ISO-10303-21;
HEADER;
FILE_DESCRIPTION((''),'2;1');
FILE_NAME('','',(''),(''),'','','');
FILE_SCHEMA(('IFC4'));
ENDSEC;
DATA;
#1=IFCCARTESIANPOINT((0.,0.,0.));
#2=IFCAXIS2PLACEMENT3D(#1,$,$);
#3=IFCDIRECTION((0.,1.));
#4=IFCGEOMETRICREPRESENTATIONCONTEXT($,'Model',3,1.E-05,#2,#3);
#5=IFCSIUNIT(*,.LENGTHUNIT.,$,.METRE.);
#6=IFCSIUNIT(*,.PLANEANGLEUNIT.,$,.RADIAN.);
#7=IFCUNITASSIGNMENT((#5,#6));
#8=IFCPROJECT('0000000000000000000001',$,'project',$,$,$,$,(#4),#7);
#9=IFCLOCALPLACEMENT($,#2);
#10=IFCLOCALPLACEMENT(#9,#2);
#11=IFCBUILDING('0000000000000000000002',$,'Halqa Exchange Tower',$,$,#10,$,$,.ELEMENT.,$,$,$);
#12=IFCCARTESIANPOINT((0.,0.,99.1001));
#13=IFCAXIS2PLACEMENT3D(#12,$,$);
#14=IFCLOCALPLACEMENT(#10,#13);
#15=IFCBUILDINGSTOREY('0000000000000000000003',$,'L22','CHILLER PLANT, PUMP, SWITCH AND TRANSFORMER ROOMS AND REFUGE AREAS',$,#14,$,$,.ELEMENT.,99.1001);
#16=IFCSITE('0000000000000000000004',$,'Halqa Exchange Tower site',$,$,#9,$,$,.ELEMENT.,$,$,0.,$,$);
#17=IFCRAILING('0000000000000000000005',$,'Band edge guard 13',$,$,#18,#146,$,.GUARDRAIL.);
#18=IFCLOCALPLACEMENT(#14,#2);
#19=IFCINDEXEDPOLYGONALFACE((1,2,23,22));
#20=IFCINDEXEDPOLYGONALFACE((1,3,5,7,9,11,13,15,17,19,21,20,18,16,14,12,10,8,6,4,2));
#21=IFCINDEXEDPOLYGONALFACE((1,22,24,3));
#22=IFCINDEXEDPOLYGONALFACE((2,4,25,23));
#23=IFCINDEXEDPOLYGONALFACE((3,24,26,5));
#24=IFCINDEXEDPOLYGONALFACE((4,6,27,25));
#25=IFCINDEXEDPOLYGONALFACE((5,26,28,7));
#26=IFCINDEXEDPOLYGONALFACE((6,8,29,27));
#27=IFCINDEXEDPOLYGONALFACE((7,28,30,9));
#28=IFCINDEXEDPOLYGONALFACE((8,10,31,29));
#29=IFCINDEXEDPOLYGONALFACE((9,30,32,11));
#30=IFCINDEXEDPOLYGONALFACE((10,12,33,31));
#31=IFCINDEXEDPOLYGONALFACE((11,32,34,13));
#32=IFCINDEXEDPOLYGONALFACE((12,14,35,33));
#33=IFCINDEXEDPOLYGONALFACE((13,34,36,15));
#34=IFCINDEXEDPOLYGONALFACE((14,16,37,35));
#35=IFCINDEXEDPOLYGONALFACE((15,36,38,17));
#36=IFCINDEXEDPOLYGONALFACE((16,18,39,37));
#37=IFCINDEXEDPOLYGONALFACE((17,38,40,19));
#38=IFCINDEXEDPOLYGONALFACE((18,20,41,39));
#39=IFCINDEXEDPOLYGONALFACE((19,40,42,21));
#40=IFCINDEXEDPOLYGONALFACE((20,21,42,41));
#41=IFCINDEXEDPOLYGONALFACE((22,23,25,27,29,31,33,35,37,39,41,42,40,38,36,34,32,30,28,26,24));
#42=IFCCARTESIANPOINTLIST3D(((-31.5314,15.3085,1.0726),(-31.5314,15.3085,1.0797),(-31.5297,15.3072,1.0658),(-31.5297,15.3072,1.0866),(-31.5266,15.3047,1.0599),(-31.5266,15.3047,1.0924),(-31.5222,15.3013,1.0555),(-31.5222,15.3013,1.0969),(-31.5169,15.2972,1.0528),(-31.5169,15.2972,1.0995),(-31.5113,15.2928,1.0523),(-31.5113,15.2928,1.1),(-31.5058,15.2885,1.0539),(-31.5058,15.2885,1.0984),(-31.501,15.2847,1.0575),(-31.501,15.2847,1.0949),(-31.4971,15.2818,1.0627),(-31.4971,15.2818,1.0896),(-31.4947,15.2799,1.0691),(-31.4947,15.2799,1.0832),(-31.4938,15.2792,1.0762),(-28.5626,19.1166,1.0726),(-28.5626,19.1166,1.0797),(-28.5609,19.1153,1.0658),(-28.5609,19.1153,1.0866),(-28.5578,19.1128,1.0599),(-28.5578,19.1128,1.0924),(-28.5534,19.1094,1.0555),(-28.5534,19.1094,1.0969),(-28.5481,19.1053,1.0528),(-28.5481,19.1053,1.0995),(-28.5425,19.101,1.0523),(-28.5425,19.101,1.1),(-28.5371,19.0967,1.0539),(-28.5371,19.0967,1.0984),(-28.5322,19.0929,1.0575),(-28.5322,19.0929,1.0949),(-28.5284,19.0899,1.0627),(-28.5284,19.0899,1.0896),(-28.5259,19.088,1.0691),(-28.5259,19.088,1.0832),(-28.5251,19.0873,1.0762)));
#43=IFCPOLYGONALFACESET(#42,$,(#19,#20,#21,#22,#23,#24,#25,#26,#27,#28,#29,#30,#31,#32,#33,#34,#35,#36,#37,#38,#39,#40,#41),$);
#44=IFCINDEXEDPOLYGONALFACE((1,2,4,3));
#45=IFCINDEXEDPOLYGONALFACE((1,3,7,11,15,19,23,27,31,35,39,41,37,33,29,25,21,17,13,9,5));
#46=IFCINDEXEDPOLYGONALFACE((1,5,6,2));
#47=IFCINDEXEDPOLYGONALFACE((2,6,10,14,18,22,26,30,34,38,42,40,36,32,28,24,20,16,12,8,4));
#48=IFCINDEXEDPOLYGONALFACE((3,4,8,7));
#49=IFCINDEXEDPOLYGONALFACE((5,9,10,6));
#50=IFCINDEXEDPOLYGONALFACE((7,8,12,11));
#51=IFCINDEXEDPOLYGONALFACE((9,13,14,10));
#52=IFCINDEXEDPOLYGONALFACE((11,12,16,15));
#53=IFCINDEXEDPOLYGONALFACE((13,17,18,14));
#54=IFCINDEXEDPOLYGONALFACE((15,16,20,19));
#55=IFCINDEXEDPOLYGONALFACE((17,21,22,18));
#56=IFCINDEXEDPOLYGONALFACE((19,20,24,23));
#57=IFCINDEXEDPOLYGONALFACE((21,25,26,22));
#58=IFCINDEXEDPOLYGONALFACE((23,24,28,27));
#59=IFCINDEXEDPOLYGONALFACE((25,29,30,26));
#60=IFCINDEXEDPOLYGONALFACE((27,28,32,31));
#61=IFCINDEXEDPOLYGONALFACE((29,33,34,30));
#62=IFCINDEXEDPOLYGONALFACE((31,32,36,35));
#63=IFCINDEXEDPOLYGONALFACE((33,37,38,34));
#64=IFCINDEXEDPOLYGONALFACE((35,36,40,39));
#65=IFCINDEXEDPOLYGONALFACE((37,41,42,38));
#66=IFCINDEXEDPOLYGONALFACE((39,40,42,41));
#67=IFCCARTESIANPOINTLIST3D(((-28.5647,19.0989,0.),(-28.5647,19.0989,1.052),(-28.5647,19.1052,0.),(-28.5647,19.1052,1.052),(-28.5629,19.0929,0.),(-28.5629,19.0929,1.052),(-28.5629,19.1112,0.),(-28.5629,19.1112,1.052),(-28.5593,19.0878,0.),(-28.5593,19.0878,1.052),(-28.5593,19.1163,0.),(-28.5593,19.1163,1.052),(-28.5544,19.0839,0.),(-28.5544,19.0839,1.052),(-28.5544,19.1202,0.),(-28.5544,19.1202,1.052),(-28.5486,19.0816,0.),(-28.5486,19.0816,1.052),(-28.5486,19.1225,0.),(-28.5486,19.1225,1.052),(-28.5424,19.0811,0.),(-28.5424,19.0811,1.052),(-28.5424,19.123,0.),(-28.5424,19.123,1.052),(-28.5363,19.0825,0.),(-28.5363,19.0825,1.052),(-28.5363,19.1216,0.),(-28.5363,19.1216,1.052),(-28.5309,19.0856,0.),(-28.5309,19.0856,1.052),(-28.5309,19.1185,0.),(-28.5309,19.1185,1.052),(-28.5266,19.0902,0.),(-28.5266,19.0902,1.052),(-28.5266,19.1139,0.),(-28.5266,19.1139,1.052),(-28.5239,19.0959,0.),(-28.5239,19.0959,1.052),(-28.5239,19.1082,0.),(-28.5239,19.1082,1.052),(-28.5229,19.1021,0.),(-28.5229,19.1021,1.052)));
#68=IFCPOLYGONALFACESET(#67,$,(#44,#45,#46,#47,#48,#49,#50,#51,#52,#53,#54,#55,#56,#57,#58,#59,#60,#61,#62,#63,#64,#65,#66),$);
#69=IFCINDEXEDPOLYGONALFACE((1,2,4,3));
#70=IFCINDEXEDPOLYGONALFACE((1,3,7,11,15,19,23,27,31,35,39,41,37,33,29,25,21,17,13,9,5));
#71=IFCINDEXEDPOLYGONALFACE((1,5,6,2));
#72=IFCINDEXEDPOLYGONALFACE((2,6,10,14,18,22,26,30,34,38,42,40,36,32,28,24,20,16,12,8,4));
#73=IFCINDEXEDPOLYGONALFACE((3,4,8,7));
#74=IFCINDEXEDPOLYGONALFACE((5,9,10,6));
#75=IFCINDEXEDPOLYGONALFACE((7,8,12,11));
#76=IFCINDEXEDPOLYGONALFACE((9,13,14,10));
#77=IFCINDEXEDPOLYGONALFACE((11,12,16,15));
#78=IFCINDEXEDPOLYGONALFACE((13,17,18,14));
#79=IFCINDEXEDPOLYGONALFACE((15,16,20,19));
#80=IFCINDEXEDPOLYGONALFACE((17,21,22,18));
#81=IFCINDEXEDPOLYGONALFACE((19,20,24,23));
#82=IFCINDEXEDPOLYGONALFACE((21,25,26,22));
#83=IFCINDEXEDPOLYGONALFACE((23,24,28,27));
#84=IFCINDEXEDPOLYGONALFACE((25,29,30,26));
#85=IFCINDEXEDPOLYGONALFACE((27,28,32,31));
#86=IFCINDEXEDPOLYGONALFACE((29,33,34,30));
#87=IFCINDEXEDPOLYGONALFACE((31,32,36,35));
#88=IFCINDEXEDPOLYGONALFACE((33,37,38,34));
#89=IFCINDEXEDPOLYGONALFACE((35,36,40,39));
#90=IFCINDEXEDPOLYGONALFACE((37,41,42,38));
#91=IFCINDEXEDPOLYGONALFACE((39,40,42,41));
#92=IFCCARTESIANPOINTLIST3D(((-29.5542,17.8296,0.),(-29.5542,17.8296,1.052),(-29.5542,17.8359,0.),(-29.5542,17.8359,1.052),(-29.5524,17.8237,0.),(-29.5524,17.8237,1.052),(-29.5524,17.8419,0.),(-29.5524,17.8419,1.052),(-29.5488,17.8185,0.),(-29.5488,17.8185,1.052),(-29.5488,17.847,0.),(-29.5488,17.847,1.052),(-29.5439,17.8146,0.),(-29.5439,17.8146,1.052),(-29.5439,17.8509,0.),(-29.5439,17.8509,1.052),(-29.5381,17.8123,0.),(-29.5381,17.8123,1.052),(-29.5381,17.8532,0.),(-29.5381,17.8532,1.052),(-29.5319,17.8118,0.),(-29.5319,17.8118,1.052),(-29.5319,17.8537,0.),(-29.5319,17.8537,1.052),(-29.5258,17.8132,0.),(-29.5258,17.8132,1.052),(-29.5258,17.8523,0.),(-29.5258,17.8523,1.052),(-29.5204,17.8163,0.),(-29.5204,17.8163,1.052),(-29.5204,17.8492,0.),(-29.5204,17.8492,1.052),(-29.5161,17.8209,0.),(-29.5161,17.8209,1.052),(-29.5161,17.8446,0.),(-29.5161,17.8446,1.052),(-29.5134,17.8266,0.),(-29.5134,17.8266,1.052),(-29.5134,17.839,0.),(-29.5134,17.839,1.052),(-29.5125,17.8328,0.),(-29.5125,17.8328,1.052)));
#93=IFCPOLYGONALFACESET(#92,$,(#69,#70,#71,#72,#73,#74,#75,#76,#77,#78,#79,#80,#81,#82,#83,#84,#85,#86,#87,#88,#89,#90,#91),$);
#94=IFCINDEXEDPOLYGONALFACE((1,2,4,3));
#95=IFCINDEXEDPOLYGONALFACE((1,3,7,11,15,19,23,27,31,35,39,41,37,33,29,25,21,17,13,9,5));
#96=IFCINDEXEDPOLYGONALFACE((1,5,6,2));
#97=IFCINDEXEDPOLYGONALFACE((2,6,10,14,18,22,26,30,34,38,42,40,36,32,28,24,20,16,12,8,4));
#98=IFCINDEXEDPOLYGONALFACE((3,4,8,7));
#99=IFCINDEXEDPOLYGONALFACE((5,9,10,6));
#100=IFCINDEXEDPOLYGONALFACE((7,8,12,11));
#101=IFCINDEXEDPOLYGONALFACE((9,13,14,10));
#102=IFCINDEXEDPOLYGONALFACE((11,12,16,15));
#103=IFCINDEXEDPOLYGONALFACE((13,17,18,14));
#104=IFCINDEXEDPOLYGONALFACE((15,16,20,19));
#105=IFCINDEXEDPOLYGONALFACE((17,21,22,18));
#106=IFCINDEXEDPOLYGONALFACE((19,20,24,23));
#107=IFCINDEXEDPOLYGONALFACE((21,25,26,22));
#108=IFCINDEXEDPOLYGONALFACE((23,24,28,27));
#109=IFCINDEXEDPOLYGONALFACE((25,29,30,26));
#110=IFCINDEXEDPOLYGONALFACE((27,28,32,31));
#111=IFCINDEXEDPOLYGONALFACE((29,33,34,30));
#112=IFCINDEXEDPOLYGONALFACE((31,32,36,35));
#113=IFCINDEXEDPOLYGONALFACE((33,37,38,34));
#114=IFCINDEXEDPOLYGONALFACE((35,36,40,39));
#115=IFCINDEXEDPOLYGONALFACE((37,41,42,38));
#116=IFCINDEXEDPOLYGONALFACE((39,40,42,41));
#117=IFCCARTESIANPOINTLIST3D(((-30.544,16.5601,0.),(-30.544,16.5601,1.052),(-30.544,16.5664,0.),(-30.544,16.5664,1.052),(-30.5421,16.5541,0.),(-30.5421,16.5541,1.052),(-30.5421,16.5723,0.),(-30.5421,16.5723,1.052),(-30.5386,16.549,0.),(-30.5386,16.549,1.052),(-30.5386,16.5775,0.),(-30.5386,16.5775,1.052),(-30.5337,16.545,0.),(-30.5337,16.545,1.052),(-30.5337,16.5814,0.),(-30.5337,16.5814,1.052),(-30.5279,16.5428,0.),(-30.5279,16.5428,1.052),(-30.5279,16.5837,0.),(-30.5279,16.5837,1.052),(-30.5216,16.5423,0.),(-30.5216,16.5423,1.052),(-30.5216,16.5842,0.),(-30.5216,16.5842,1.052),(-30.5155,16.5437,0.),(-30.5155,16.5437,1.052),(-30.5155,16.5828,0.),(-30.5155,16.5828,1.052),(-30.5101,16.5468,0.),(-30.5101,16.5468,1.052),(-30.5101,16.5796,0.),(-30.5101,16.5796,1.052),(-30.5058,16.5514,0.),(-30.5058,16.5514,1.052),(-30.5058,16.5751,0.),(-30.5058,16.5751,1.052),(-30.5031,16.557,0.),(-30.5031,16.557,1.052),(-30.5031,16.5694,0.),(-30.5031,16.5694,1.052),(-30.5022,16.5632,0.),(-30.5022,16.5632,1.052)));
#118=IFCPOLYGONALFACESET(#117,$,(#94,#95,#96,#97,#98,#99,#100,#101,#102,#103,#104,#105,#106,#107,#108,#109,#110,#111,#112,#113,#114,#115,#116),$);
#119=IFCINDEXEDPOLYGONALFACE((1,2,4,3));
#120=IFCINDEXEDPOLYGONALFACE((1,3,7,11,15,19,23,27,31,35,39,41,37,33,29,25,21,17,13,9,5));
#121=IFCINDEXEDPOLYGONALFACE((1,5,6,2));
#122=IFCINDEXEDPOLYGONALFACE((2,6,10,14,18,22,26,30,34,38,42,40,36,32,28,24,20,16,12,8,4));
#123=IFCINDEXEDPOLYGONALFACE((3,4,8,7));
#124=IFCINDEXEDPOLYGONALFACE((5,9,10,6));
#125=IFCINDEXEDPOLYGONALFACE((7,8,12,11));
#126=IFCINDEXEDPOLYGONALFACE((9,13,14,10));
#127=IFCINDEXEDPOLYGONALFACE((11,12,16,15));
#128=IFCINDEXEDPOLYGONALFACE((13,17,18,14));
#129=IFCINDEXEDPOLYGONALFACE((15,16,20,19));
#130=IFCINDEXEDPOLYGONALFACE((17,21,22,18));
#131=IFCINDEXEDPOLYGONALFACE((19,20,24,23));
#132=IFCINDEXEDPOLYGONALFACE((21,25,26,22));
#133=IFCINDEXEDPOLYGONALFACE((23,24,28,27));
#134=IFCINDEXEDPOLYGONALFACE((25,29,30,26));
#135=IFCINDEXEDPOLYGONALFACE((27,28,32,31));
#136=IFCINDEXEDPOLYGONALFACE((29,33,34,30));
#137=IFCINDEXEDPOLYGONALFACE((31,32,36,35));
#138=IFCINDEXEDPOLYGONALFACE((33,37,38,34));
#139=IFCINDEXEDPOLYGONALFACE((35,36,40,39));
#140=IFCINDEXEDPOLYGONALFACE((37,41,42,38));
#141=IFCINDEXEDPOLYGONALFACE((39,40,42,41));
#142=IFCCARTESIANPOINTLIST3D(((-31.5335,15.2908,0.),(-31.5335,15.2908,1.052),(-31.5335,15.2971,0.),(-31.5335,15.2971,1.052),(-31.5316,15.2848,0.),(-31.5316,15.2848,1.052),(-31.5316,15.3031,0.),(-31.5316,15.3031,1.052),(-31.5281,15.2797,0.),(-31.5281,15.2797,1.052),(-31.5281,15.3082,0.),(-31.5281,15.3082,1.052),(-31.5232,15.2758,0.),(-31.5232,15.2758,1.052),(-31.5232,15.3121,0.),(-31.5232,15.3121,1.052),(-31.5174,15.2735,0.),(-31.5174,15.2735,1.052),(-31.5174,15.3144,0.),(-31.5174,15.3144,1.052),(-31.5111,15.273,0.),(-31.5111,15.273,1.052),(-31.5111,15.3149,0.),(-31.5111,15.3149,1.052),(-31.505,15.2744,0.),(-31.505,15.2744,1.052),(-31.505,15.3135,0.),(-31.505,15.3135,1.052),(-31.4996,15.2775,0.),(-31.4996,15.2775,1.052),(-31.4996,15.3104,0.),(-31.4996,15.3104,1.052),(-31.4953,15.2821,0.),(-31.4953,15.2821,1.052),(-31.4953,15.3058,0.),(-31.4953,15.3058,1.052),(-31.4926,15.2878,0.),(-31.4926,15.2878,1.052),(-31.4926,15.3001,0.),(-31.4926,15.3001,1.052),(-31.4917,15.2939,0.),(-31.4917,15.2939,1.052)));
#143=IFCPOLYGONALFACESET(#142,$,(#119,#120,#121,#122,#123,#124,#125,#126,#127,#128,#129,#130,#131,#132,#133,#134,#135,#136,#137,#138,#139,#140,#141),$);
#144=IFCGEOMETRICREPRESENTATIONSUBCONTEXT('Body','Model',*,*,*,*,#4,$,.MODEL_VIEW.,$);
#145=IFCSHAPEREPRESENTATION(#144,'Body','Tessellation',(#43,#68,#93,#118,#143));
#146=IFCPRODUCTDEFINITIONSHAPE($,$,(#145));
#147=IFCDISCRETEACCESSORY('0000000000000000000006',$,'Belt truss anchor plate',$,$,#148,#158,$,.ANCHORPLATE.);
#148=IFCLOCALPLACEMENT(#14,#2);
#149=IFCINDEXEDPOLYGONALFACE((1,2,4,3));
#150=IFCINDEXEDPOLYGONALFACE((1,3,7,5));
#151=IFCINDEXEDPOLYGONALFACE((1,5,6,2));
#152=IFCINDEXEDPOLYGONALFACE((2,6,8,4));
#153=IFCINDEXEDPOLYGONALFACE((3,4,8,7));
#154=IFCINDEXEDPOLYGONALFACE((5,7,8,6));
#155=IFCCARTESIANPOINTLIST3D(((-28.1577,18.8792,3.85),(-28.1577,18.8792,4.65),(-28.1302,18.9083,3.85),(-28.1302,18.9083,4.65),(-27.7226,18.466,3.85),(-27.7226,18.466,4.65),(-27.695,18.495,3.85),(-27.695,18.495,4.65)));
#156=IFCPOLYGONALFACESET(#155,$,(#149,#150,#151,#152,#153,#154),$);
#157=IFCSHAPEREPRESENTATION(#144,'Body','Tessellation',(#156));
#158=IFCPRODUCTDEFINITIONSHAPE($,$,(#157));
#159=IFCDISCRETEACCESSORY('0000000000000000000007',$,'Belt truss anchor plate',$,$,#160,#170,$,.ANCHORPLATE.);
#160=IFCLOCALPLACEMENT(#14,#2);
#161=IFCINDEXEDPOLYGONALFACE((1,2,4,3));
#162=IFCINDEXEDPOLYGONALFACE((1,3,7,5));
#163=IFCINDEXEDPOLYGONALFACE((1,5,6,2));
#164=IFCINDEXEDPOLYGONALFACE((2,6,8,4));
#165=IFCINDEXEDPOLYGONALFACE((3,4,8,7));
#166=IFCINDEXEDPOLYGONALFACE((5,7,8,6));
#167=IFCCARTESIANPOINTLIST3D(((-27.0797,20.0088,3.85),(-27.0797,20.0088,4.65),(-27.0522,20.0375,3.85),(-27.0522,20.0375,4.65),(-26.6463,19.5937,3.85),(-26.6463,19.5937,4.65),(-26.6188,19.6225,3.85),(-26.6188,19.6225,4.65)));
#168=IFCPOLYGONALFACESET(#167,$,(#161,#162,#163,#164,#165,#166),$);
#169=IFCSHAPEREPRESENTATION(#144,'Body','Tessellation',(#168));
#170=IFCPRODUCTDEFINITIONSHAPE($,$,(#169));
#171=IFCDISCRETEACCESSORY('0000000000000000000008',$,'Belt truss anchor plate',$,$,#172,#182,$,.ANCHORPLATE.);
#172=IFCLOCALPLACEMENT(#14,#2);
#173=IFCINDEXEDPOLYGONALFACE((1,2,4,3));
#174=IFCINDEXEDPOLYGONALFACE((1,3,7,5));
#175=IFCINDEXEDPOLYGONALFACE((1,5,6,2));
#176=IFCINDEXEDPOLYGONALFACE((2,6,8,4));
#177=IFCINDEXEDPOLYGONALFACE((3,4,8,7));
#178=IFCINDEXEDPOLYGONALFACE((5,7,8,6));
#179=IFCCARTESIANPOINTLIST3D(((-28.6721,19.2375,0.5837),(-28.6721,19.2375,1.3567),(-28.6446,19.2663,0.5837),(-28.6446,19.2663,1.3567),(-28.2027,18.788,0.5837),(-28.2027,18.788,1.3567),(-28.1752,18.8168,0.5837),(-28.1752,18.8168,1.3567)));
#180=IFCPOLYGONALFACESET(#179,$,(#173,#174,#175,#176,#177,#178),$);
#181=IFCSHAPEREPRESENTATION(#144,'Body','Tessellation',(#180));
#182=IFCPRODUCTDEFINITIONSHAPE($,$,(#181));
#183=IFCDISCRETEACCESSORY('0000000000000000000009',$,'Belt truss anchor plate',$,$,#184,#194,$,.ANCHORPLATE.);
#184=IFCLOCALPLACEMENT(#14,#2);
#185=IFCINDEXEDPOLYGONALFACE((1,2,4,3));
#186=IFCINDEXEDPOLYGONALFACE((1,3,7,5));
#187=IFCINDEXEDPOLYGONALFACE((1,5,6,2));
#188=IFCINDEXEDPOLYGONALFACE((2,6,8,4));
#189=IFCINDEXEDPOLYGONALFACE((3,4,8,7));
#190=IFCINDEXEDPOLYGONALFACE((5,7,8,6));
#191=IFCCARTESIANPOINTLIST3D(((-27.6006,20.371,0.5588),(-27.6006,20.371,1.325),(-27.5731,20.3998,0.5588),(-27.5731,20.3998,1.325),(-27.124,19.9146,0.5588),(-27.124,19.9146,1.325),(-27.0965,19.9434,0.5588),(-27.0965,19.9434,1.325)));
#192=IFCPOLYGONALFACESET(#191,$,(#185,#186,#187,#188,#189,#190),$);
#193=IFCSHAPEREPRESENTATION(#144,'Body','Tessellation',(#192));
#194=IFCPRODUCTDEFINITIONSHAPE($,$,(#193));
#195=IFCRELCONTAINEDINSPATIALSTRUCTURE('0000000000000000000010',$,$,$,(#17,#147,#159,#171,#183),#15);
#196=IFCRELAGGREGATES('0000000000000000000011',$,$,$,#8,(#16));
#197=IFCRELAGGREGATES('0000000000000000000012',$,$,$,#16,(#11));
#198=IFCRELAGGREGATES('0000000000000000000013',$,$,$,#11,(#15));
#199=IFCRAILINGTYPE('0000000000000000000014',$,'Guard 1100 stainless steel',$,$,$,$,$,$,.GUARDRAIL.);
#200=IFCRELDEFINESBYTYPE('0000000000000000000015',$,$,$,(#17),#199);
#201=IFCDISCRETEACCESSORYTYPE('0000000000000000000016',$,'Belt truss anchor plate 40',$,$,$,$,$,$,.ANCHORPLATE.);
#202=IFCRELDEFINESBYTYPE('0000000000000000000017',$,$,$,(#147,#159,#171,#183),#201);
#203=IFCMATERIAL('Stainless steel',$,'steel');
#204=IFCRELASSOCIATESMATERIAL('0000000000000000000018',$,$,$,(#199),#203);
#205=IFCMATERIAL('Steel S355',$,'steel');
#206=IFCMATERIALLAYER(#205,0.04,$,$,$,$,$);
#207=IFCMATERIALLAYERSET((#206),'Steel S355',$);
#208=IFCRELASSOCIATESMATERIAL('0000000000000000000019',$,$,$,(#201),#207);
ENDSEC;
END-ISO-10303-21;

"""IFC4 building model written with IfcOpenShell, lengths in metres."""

from ifc_helpers import new_model, si_unit, direction, frame, origin, origin_2d, place, context, subcontext, project, spatial, rectangle, circle, extrude, material, layer, layer_set, type_object, element, save


model = new_model("IFC4")

# Units and contexts
model_context = context("Model", 3, precision=1e-05, world=origin(), true_north=direction((0.0, 1.0)))
body_context = subcontext(model_context, "Body", "Model", "MODEL_VIEW")
ifc_project = project(units=[si_unit("LENGTHUNIT", "METRE"), si_unit("PLANEANGLEUNIT", "RADIAN")], contexts=[model_context])

# Site, building, storey
site_placement = place(None, origin())
site = spatial("IfcSite", under=ifc_project, at=site_placement, Name="Halqa Exchange Tower site", CompositionType="ELEMENT", RefElevation=0.0)
building_placement = place(site_placement, origin())
building = spatial("IfcBuilding", under=site, at=building_placement, Name="Halqa Exchange Tower", CompositionType="ELEMENT")
storey_placement = place(building_placement, frame((0.0, 0.0, 99.1001)))
storey = spatial("IfcBuildingStorey", under=building, at=storey_placement, Name="L22", Description="CHILLER PLANT, PUMP, SWITCH AND TRANSFORMER ROOMS AND REFUGE AREAS", CompositionType="ELEMENT", Elevation=99.1001)

# Shared definitions
ifc_material_1 = material(Name="Steel S355", Category="steel")

# Railing
ifc_material_2 = material(Name="Stainless steel", Category="steel")
railing_type = type_object("IfcRailingType", Name="Guard 1100 stainless steel", PredefinedType="GUARDRAIL", material=ifc_material_2)
railing_1_placement = place(storey_placement, frame((-28.5439, 19.1021, 0.0)))
element("IfcRailing", 1, at=railing_1_placement, inside=storey, type_object=railing_type, Name="Band edge guard 13", PredefinedType="GUARDRAIL", context=body_context, shape_type="SweptSolid", body=[
    extrude(circle(Radius=0.0239, at=origin_2d()), frame((0.0, 0.0, 1.0762), z_axis=(-0.614829, -0.78866, 0.0), x_axis=(0.78866, -0.614829, 0.0)), (0.0, 0.0, 1.0), 4.8286),
    extrude(circle(Radius=0.021, at=origin_2d()), origin(), (0.0, 0.0, 1.0), 1.052),
    extrude(circle(Radius=0.021, at=origin_2d()), frame((-0.9895, -1.2693, 0.0)), (0.0, 0.0, 1.0), 1.052),
    extrude(circle(Radius=0.021, at=origin_2d()), frame((-1.9792, -2.5388, 0.0)), (0.0, 0.0, 1.0), 1.052),
    extrude(circle(Radius=0.021, at=origin_2d()), frame((-2.9688, -3.8081, 0.0)), (0.0, 0.0, 1.0), 1.052),
])

# Discrete accessories
ifc_layer_1 = layer(ifc_material_1, 0.04)
ifc_layer_set_1 = layer_set([ifc_layer_1], Name="Steel S355")
discrete_accessory_type = type_object("IfcDiscreteAccessoryType", Name="Belt truss anchor plate 40", PredefinedType="ANCHORPLATE", material=ifc_layer_set_1)
discrete_accessory_1_placement = place(storey_placement, frame((-27.9126, 18.7017, 4.25), z_axis=(-0.688589, -0.725152, 0.0), x_axis=(0.725152, -0.688589, 0.0)))
element("IfcDiscreteAccessory", 2, at=discrete_accessory_1_placement, inside=storey, type_object=discrete_accessory_type, Name="Belt truss anchor plate", PredefinedType="ANCHORPLATE", context=body_context, shape_type="SweptSolid", body=[
    extrude(rectangle(XDim=0.6001, YDim=0.8, at=origin_2d()), origin(), (0.0, 0.0, 1.0), 0.04),
])
discrete_accessory_2_placement = place(storey_placement, frame((-26.863, 19.8013, 4.25), z_axis=(0.691639, 0.722243, 0.0), x_axis=(-0.722243, 0.691639, 0.0)))
element("IfcDiscreteAccessory", 3, at=discrete_accessory_2_placement, inside=storey, type_object=discrete_accessory_type, Name="Belt truss anchor plate", PredefinedType="ANCHORPLATE", context=body_context, shape_type="SweptSolid", body=[
    extrude(rectangle(XDim=0.6001, YDim=0.8, at=origin_2d()), origin(), (0.0, 0.0, 1.0), 0.0398),
])
discrete_accessory_3_placement = place(storey_placement, frame((-28.4099, 19.0415, 0.9702), z_axis=(-0.691639, -0.722243, 0.0), x_axis=(0.722243, -0.691639, 0.0)))
element("IfcDiscreteAccessory", 4, at=discrete_accessory_3_placement, inside=storey, type_object=discrete_accessory_type, Name="Belt truss anchor plate", PredefinedType="ANCHORPLATE", context=body_context, shape_type="SweptSolid", body=[
    extrude(rectangle(XDim=0.6499, YDim=0.7729, at=origin_2d()), origin(), (0.0, 0.0, 1.0), 0.0398),
])
discrete_accessory_4_placement = place(storey_placement, frame((-27.3623, 20.1428, 0.9419), z_axis=(0.691639, 0.722243, 0.0), x_axis=(-0.722243, 0.691639, 0.0)))
element("IfcDiscreteAccessory", 5, at=discrete_accessory_4_placement, inside=storey, type_object=discrete_accessory_type, Name="Belt truss anchor plate", PredefinedType="ANCHORPLATE", context=body_context, shape_type="SweptSolid", body=[
    extrude(rectangle(XDim=0.6599, YDim=0.7661, at=origin_2d()), origin(), (0.0, 0.0, 1.0), 0.0398),
])

save(model, "model.ifc")
